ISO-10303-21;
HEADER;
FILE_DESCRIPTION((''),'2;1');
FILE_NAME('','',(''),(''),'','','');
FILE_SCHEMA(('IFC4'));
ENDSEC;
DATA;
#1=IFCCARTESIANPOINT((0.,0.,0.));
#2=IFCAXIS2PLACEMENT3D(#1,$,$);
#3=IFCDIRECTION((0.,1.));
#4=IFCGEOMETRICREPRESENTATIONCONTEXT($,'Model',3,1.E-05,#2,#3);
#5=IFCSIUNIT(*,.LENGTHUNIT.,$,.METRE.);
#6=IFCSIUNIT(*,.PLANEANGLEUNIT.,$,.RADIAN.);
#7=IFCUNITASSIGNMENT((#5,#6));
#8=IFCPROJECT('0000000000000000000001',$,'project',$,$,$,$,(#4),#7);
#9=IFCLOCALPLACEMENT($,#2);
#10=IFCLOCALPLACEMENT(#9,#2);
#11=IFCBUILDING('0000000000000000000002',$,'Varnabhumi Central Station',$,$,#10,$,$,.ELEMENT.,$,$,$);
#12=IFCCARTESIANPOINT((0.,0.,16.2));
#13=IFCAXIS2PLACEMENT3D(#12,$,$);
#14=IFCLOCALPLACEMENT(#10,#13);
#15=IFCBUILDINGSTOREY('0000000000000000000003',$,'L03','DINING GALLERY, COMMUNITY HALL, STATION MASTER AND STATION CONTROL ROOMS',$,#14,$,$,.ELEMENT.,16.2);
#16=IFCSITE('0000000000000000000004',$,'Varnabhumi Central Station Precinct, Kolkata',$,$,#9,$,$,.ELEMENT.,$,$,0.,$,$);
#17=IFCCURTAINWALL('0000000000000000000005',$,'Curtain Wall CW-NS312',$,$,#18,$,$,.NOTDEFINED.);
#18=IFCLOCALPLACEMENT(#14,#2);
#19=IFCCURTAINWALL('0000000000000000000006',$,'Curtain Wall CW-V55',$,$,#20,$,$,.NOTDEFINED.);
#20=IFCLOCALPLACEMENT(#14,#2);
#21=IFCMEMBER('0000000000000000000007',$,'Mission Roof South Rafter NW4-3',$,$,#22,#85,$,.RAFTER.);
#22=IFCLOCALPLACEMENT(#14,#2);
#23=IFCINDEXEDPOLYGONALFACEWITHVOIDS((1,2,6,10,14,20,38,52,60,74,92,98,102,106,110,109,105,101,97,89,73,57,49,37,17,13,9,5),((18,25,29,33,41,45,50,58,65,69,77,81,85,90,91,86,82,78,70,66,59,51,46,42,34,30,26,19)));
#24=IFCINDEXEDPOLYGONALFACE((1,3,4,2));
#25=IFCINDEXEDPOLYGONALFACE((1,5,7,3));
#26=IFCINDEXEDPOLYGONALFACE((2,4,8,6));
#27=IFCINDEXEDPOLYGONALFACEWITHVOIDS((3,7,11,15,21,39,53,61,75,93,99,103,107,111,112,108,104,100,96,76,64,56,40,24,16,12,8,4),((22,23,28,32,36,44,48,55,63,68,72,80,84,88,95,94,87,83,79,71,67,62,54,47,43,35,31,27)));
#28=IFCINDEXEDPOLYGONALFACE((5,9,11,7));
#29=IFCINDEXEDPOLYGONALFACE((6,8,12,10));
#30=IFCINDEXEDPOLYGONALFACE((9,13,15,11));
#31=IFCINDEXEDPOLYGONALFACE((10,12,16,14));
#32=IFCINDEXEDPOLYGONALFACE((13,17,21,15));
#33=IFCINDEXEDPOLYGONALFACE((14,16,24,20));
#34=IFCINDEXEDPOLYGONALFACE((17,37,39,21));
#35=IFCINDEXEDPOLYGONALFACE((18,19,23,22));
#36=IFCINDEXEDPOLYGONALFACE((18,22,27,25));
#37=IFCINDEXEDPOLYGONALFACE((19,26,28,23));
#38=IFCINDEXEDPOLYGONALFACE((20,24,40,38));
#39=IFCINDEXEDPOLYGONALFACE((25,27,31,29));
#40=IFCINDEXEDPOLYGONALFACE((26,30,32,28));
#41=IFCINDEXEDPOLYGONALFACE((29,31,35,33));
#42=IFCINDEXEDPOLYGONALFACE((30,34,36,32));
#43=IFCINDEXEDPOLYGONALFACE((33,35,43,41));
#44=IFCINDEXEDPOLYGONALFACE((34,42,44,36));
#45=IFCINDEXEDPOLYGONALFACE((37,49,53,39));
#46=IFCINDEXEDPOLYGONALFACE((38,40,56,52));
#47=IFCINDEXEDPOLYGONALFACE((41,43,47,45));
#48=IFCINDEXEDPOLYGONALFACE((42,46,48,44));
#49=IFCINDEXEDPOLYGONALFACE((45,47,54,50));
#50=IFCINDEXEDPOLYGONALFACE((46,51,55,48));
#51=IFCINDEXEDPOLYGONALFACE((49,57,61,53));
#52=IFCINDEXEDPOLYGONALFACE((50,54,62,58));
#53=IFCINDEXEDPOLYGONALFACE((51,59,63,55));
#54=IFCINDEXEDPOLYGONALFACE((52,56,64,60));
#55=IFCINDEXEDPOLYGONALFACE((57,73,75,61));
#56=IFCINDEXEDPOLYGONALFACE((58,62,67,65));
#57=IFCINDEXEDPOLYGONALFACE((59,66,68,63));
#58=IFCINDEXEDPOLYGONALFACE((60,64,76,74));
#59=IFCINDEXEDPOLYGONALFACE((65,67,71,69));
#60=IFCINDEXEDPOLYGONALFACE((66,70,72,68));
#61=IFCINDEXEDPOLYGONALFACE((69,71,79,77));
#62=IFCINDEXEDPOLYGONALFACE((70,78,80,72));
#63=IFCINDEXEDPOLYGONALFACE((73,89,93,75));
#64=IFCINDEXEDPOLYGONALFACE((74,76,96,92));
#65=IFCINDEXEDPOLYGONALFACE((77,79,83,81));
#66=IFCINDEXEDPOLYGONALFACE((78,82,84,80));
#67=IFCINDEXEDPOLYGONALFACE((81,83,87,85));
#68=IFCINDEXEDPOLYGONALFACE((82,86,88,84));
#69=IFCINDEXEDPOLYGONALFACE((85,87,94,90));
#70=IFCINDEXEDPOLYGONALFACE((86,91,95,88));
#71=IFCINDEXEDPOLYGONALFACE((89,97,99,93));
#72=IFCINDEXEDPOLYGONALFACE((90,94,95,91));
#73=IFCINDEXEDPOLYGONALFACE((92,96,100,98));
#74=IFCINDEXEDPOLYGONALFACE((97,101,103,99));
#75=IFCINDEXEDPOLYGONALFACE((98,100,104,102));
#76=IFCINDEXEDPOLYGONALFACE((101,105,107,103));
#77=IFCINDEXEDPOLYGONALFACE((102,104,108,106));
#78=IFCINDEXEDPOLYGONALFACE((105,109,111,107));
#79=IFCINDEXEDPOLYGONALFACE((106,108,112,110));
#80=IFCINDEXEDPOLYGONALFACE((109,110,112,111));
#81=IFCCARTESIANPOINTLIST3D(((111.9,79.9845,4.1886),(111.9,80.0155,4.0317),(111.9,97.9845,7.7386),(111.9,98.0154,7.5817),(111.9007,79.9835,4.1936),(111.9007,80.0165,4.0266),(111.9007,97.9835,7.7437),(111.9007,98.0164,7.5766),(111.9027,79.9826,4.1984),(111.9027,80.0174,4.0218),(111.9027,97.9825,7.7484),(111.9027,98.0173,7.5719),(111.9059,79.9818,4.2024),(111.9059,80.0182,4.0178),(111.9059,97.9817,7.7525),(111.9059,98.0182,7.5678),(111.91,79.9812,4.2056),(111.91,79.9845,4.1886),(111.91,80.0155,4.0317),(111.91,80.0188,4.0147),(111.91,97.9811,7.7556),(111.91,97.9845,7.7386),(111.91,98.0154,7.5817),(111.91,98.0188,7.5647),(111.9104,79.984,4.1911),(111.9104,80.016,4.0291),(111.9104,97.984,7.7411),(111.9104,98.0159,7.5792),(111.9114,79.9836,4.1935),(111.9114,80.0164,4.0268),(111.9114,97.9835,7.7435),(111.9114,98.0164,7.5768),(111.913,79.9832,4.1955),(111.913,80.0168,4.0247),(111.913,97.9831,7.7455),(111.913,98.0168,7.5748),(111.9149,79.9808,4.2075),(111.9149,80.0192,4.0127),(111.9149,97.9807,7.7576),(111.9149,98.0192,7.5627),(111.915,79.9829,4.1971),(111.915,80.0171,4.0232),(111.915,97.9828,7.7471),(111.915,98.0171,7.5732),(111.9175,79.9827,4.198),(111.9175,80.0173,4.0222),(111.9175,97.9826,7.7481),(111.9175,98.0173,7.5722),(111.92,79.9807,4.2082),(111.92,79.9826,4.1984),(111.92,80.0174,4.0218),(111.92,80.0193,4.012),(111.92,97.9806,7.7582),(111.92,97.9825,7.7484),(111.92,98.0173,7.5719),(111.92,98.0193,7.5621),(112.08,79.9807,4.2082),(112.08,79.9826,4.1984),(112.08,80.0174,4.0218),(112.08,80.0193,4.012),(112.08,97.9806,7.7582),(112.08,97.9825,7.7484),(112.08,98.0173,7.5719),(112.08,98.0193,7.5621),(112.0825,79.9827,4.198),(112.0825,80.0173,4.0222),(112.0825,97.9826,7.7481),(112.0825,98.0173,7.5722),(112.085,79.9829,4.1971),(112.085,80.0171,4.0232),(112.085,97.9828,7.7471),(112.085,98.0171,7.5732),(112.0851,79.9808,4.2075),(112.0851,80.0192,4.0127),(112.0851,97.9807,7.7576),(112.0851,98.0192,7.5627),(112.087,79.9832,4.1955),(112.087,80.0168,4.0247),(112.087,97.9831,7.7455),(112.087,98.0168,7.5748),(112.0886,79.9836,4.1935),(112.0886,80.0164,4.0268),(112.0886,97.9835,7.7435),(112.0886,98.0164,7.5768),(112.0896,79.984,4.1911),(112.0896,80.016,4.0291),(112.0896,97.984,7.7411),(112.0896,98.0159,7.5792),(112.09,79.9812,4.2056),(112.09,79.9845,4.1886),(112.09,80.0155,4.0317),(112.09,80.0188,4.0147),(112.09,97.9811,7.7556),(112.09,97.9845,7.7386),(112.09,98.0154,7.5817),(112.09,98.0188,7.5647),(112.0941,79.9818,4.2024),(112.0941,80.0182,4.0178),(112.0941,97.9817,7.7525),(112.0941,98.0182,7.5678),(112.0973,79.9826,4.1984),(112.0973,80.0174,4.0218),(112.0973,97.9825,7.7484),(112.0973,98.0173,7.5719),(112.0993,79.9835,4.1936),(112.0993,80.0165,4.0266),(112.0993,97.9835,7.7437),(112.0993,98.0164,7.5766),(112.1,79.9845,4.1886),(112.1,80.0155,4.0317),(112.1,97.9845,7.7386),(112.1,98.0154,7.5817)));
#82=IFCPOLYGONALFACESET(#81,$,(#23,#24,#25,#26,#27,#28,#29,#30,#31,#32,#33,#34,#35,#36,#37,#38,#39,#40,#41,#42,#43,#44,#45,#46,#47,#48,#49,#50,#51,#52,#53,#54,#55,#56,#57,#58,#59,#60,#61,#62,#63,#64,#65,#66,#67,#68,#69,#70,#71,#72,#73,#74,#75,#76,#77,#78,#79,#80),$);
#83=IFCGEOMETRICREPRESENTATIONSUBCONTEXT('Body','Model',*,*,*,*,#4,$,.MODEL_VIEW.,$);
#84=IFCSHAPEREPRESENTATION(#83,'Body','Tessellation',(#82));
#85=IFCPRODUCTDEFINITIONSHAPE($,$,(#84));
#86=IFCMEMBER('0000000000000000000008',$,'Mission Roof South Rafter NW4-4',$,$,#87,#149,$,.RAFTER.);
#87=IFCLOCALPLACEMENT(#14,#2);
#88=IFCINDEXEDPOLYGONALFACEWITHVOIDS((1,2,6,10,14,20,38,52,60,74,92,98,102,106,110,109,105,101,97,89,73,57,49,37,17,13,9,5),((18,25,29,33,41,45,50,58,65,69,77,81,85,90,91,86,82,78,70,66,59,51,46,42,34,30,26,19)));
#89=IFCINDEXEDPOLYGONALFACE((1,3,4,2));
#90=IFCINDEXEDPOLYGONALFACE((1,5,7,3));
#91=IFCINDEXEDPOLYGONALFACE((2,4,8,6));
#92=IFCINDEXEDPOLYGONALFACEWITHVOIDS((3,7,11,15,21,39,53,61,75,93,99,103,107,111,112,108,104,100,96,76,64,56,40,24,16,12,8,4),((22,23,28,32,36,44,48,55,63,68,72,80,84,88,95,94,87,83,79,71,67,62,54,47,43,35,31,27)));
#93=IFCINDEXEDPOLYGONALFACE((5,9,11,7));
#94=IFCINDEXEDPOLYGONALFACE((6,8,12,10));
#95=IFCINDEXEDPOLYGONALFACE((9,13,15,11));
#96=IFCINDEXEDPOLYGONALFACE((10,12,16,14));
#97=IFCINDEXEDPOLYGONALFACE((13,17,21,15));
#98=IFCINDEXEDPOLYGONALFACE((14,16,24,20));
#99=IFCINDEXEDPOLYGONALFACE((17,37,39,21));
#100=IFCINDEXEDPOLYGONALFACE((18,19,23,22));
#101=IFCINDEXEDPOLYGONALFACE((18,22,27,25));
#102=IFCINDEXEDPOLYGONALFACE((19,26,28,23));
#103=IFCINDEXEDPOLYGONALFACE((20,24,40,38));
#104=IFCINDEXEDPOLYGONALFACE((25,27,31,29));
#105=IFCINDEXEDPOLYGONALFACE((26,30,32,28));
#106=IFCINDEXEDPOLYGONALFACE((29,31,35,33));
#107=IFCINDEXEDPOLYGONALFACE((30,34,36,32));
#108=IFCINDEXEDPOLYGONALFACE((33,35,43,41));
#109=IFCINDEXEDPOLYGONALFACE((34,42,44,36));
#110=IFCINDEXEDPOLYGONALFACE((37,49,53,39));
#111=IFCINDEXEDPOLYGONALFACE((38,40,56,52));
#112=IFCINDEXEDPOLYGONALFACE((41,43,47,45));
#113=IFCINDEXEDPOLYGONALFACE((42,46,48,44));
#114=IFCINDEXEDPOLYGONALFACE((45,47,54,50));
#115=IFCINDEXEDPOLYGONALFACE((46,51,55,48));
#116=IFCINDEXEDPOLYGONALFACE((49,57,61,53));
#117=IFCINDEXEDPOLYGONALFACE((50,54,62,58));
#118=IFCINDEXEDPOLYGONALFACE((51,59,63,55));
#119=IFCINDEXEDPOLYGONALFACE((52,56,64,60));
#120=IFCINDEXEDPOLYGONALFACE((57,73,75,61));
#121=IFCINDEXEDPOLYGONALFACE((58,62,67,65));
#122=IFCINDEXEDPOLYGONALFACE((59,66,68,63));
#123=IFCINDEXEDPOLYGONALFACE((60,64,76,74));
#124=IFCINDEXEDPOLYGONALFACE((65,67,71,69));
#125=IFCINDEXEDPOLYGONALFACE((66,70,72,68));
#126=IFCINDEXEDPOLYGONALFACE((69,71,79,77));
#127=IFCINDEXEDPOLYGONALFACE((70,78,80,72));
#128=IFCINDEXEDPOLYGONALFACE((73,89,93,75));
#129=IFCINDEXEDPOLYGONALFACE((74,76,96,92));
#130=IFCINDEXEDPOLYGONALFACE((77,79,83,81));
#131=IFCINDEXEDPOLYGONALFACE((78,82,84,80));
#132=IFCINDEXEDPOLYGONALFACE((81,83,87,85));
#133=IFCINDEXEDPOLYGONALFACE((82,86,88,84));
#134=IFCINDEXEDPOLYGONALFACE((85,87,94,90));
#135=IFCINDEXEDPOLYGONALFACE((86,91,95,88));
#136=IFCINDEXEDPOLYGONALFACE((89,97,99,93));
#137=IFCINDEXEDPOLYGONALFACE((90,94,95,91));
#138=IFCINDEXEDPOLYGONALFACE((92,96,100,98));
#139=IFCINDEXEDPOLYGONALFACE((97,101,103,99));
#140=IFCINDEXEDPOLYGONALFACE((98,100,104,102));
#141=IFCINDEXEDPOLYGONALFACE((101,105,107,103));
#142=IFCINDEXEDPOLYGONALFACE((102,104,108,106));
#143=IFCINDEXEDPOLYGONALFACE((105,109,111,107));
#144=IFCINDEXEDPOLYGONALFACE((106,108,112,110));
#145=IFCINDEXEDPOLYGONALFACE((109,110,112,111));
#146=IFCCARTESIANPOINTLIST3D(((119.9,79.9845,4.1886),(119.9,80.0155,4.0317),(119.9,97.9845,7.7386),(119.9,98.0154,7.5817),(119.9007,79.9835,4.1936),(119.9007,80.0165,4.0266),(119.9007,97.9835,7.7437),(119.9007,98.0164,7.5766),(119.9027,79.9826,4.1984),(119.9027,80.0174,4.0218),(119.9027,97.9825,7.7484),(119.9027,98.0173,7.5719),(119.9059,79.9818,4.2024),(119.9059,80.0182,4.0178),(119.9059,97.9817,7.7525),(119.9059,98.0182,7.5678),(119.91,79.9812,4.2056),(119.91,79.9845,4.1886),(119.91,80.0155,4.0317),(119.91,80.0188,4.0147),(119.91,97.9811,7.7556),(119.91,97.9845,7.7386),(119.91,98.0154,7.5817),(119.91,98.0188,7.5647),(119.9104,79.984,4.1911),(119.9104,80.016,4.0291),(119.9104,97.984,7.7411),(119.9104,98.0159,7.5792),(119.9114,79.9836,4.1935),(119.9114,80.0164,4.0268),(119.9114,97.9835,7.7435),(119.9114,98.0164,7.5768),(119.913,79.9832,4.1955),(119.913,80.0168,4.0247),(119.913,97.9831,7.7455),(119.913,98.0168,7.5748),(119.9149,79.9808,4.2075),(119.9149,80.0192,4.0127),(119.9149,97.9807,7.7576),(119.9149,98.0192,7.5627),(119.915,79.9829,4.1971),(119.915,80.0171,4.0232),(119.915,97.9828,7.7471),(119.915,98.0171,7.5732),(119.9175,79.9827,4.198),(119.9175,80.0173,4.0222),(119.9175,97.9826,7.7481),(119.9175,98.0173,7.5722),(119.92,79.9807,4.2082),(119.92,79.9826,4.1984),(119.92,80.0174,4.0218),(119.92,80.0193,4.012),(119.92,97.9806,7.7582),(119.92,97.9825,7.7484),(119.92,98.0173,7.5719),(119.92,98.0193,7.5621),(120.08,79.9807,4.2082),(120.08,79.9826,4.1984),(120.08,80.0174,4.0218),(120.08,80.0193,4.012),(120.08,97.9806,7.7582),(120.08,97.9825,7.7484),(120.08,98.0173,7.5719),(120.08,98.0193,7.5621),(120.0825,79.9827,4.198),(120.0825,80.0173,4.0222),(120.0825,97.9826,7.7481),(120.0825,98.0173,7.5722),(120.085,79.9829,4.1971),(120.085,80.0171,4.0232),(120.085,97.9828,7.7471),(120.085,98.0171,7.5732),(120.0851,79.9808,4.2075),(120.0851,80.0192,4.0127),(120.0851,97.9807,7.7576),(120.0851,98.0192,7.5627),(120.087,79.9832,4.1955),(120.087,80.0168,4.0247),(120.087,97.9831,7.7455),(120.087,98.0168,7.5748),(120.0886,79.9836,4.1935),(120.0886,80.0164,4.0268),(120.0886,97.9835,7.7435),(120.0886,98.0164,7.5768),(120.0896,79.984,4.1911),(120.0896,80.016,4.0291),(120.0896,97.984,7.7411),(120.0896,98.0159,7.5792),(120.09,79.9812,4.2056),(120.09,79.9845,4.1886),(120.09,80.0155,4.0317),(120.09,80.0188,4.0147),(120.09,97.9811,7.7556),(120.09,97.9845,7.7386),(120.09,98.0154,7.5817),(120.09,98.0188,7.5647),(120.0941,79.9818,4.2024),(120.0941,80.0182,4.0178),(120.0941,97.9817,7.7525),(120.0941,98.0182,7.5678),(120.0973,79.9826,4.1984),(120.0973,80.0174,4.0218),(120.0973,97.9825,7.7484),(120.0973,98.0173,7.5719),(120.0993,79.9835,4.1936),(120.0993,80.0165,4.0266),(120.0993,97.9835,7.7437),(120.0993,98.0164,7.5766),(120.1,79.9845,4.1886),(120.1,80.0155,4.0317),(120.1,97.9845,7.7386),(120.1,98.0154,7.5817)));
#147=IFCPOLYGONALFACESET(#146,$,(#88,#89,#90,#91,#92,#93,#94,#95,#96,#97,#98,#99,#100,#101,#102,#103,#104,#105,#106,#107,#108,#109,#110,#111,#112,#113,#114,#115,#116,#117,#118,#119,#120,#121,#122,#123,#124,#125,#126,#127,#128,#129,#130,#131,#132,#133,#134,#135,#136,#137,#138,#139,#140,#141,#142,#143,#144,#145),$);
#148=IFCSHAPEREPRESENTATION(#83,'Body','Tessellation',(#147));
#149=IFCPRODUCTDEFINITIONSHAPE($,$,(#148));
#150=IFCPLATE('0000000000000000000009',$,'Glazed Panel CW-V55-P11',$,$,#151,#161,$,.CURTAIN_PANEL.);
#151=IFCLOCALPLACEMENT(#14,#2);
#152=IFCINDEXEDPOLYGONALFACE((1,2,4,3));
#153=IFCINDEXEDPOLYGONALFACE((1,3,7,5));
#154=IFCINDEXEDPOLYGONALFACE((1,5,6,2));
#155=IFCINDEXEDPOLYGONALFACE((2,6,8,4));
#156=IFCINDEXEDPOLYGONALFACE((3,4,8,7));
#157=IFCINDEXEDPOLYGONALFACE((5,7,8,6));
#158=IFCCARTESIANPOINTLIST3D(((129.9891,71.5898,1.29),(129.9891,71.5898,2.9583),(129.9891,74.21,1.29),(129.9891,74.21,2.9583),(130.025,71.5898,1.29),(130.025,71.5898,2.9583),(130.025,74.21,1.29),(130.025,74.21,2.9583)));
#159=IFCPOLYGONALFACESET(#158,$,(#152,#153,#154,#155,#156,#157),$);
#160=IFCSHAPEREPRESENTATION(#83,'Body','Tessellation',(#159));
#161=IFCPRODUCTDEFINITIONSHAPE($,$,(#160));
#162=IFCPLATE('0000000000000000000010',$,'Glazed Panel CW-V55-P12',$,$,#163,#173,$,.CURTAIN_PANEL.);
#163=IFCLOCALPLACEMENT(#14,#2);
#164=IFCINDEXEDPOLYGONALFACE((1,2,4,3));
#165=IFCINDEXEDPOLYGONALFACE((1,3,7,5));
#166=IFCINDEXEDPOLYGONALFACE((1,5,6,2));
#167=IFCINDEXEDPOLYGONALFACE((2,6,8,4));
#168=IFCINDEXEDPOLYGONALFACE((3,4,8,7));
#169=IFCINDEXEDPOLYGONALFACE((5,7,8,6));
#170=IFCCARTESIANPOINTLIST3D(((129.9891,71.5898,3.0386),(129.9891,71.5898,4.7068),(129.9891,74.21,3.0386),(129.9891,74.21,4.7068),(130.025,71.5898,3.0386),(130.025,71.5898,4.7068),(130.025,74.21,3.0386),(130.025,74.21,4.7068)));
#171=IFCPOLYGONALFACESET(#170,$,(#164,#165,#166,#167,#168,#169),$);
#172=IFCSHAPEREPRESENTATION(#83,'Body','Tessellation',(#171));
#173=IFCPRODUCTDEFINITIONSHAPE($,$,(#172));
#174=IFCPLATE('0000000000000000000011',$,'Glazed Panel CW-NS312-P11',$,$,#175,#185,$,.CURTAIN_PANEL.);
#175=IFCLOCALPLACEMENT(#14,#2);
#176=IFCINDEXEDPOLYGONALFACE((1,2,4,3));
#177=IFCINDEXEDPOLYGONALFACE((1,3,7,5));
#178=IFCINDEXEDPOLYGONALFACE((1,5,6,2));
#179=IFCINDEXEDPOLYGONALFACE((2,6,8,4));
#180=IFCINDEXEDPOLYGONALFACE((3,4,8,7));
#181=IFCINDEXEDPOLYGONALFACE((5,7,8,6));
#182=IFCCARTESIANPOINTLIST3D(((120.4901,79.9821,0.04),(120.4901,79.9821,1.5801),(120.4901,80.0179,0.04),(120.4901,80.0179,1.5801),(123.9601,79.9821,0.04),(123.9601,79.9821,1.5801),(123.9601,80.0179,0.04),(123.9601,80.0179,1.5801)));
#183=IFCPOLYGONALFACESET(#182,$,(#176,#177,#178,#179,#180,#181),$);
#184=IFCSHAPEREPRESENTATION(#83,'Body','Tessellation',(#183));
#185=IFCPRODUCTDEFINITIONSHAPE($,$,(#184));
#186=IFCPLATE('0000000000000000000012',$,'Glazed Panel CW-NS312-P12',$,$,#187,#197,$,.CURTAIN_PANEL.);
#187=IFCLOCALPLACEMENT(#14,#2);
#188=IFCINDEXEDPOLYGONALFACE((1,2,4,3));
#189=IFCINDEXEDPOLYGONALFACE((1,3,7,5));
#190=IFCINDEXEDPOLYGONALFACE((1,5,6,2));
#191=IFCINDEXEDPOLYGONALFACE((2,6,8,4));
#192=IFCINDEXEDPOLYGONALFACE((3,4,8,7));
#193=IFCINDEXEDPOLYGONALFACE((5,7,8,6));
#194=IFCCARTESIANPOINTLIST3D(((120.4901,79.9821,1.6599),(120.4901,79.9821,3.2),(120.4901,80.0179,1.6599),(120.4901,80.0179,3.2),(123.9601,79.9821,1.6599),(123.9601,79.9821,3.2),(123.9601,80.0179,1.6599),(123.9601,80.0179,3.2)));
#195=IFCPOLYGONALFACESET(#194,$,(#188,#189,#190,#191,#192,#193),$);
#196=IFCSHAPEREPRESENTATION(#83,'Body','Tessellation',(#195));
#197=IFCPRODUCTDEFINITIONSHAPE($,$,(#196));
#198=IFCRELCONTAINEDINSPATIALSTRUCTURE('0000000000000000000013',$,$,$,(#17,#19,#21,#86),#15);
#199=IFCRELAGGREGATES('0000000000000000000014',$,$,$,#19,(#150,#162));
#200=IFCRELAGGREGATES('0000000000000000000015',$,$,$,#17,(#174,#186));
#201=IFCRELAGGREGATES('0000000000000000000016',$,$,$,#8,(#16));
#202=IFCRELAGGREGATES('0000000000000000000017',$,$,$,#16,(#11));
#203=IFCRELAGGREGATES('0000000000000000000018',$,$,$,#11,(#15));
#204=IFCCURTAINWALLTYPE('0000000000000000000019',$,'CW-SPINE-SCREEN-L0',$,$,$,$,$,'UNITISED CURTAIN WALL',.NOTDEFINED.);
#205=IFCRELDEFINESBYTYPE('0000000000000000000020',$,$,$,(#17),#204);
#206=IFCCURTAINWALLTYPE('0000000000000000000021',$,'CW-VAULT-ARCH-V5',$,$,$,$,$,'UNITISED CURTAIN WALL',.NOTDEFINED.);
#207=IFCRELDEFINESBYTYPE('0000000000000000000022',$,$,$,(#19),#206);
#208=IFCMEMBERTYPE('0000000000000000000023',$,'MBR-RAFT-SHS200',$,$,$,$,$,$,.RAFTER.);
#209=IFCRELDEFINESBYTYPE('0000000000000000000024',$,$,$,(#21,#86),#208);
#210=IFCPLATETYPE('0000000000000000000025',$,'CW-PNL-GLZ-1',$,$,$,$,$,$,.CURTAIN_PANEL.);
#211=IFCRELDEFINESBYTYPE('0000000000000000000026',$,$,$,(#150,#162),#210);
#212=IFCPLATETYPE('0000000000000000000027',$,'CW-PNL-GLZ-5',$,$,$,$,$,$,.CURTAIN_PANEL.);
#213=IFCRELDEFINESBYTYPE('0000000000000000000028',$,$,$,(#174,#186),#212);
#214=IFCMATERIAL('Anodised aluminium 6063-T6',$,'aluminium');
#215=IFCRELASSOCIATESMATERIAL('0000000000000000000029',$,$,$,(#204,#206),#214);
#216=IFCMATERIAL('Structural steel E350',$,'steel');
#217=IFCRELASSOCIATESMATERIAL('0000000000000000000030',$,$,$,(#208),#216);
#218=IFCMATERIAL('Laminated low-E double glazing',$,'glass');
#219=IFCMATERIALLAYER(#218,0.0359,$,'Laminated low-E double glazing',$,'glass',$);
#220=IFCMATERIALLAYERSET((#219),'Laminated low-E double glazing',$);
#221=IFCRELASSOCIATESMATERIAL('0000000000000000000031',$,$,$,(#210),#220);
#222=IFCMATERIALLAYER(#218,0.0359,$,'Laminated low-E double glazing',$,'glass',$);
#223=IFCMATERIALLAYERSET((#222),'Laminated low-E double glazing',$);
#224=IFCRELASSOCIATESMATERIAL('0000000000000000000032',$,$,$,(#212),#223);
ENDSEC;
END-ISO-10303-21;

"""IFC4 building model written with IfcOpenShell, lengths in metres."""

from ifc_helpers import new_model, si_unit, direction, frame, origin, origin_2d, place, context, subcontext, project, spatial, rectangle, hollow_rectangle, extrude, material, layer, layer_set, material_profile, profile_set, type_object, element, aggregate, save


model = new_model("IFC4")

# Units and contexts
model_context = context("Model", 3, precision=1e-05, world=origin(), true_north=direction((0.0, 1.0)))
body_context = subcontext(model_context, "Body", "Model", "MODEL_VIEW")
ifc_project = project(units=[si_unit("LENGTHUNIT", "METRE"), si_unit("PLANEANGLEUNIT", "RADIAN")], contexts=[model_context])

# Site, building, storey
site_placement = place(None, origin())
site = spatial("IfcSite", under=ifc_project, at=site_placement, Name="Varnabhumi Central Station Precinct, Kolkata", CompositionType="ELEMENT", RefElevation=0.0)
building_placement = place(site_placement, origin())
building = spatial("IfcBuilding", under=site, at=building_placement, Name="Varnabhumi Central Station", CompositionType="ELEMENT")
storey_placement = place(building_placement, frame((0.0, 0.0, 16.2)))
storey = spatial("IfcBuildingStorey", under=building, at=storey_placement, Name="L03", Description="DINING GALLERY, COMMUNITY HALL, STATION MASTER AND STATION CONTROL ROOMS", CompositionType="ELEMENT", Elevation=16.2)

# Shared definitions
ifc_material_1 = material(Name="Anodised aluminium 6063-T6", Category="aluminium")
curtain_wall_type_1 = type_object("IfcCurtainWallType", Name="CW-SPINE-SCREEN-L0", ElementType="UNITISED CURTAIN WALL", PredefinedType="NOTDEFINED", material=ifc_material_1)

# Curtain wall
curtain_wall_1_placement = place(storey_placement, origin())
curtain_wall_1 = element("IfcCurtainWall", 1, at=curtain_wall_1_placement, inside=storey, type_object=curtain_wall_type_1, Name="Curtain Wall CW-NS312", PredefinedType="NOTDEFINED")

# Curtain wall
curtain_wall_type_2 = type_object("IfcCurtainWallType", Name="CW-VAULT-ARCH-V5", ElementType="UNITISED CURTAIN WALL", PredefinedType="NOTDEFINED", material=ifc_material_1)
curtain_wall_2_placement = place(storey_placement, origin())
curtain_wall_2 = element("IfcCurtainWall", 2, at=curtain_wall_2_placement, inside=storey, type_object=curtain_wall_type_2, Name="Curtain Wall CW-V55", PredefinedType="NOTDEFINED")

# Members
ifc_material_2 = material(Name="Structural steel E350", Category="steel")
ifc_material_profile_1 = material_profile(ifc_material_2, hollow_rectangle(XDim=0.2, YDim=0.2, WallThickness=0.01, InnerFilletRadius=0.01, OuterFilletRadius=0.02, at=origin_2d()), Name="Structural steel E350", Category="steel")
ifc_profile_set_1 = profile_set([ifc_material_profile_1], Name="Structural steel E350")
member_type_1 = type_object("IfcMemberType", Name="MBR-RAFT-SHS200", PredefinedType="RAFTER", material=ifc_profile_set_1)
for number, where, z_axis, x_axis, name in (
    (3, (112.0, 80.0, 4.1101), (0.0, 0.981101, 0.193498), (-1.0, 0.0, 0.0), "Mission Roof South Rafter NW4-3"),
    (4, (120.0, 80.0, 4.1101), (0.0, 0.981101, 0.193498), (-1.0, 0.0, 0.0), "Mission Roof South Rafter NW4-4"),
):
    element("IfcMember", number, at=place(storey_placement, frame(where, z_axis=z_axis, x_axis=x_axis)), inside=storey, type_object=member_type_1, Name=name, PredefinedType="RAFTER", context=body_context, shape_type="SweptSolid", body=[
        extrude(hollow_rectangle(XDim=0.2, YDim=0.2, WallThickness=0.01, InnerFilletRadius=0.01, OuterFilletRadius=0.02, at=origin_2d()), origin(), (0.0, 0.0, 1.0), 18.3467),
    ])

# Plates
ifc_material_3 = material(Name="Laminated low-E double glazing", Category="glass")
ifc_layer_1 = layer(ifc_material_3, 0.0359, Name="Laminated low-E double glazing", Category="glass")
ifc_layer_set_1 = layer_set([ifc_layer_1], Name="Laminated low-E double glazing")
plate_type_1 = type_object("IfcPlateType", Name="CW-PNL-GLZ-1", PredefinedType="CURTAIN_PANEL", material=ifc_layer_set_1)
plate_1_placement = place(storey_placement, frame((130.0071, 72.8999, 1.29), z_axis=(0.0, 0.0, 1.0), x_axis=(0.0, 1.0, 0.0)))
plate_1 = element("IfcPlate", 5, at=plate_1_placement, type_object=plate_type_1, Name="Glazed Panel CW-V55-P11", PredefinedType="CURTAIN_PANEL", context=body_context, shape_type="SweptSolid", body=[
    extrude(rectangle(XDim=2.6201, YDim=0.0359, at=origin_2d()), origin(), (0.0, 0.0, 1.0), 1.6682),
])
plate_2_placement = place(storey_placement, frame((130.0071, 72.8999, 3.0386), z_axis=(0.0, 0.0, 1.0), x_axis=(0.0, 1.0, 0.0)))
plate_2 = element("IfcPlate", 6, at=plate_2_placement, type_object=plate_type_1, Name="Glazed Panel CW-V55-P12", PredefinedType="CURTAIN_PANEL", context=body_context, shape_type="SweptSolid", body=[
    extrude(rectangle(XDim=2.6201, YDim=0.0359, at=origin_2d()), origin(), (0.0, 0.0, 1.0), 1.6682),
])
aggregate(curtain_wall_2, [plate_1, plate_2])
ifc_layer_2 = layer(ifc_material_3, 0.0359, Name="Laminated low-E double glazing", Category="glass")
ifc_layer_set_2 = layer_set([ifc_layer_2], Name="Laminated low-E double glazing")
plate_type_2 = type_object("IfcPlateType", Name="CW-PNL-GLZ-5", PredefinedType="CURTAIN_PANEL", material=ifc_layer_set_2)
plate_3_placement = place(storey_placement, frame((122.2251, 80.0, 0.04), z_axis=(0.0, 0.0, 1.0), x_axis=(1.0, 0.0, 0.0)))
plate_3 = element("IfcPlate", 7, at=plate_3_placement, type_object=plate_type_2, Name="Glazed Panel CW-NS312-P11", PredefinedType="CURTAIN_PANEL", context=body_context, shape_type="SweptSolid", body=[
    extrude(rectangle(XDim=3.47, YDim=0.0359, at=origin_2d()), origin(), (0.0, 0.0, 1.0), 1.54),
])
plate_4_placement = place(storey_placement, frame((122.2251, 80.0, 1.6599), z_axis=(0.0, 0.0, 1.0), x_axis=(1.0, 0.0, 0.0)))
plate_4 = element("IfcPlate", 8, at=plate_4_placement, type_object=plate_type_2, Name="Glazed Panel CW-NS312-P12", PredefinedType="CURTAIN_PANEL", context=body_context, shape_type="SweptSolid", body=[
    extrude(rectangle(XDim=3.47, YDim=0.0359, at=origin_2d()), origin(), (0.0, 0.0, 1.0), 1.54),
])
aggregate(curtain_wall_1, [plate_3, plate_4])

save(model, "model.ifc")
